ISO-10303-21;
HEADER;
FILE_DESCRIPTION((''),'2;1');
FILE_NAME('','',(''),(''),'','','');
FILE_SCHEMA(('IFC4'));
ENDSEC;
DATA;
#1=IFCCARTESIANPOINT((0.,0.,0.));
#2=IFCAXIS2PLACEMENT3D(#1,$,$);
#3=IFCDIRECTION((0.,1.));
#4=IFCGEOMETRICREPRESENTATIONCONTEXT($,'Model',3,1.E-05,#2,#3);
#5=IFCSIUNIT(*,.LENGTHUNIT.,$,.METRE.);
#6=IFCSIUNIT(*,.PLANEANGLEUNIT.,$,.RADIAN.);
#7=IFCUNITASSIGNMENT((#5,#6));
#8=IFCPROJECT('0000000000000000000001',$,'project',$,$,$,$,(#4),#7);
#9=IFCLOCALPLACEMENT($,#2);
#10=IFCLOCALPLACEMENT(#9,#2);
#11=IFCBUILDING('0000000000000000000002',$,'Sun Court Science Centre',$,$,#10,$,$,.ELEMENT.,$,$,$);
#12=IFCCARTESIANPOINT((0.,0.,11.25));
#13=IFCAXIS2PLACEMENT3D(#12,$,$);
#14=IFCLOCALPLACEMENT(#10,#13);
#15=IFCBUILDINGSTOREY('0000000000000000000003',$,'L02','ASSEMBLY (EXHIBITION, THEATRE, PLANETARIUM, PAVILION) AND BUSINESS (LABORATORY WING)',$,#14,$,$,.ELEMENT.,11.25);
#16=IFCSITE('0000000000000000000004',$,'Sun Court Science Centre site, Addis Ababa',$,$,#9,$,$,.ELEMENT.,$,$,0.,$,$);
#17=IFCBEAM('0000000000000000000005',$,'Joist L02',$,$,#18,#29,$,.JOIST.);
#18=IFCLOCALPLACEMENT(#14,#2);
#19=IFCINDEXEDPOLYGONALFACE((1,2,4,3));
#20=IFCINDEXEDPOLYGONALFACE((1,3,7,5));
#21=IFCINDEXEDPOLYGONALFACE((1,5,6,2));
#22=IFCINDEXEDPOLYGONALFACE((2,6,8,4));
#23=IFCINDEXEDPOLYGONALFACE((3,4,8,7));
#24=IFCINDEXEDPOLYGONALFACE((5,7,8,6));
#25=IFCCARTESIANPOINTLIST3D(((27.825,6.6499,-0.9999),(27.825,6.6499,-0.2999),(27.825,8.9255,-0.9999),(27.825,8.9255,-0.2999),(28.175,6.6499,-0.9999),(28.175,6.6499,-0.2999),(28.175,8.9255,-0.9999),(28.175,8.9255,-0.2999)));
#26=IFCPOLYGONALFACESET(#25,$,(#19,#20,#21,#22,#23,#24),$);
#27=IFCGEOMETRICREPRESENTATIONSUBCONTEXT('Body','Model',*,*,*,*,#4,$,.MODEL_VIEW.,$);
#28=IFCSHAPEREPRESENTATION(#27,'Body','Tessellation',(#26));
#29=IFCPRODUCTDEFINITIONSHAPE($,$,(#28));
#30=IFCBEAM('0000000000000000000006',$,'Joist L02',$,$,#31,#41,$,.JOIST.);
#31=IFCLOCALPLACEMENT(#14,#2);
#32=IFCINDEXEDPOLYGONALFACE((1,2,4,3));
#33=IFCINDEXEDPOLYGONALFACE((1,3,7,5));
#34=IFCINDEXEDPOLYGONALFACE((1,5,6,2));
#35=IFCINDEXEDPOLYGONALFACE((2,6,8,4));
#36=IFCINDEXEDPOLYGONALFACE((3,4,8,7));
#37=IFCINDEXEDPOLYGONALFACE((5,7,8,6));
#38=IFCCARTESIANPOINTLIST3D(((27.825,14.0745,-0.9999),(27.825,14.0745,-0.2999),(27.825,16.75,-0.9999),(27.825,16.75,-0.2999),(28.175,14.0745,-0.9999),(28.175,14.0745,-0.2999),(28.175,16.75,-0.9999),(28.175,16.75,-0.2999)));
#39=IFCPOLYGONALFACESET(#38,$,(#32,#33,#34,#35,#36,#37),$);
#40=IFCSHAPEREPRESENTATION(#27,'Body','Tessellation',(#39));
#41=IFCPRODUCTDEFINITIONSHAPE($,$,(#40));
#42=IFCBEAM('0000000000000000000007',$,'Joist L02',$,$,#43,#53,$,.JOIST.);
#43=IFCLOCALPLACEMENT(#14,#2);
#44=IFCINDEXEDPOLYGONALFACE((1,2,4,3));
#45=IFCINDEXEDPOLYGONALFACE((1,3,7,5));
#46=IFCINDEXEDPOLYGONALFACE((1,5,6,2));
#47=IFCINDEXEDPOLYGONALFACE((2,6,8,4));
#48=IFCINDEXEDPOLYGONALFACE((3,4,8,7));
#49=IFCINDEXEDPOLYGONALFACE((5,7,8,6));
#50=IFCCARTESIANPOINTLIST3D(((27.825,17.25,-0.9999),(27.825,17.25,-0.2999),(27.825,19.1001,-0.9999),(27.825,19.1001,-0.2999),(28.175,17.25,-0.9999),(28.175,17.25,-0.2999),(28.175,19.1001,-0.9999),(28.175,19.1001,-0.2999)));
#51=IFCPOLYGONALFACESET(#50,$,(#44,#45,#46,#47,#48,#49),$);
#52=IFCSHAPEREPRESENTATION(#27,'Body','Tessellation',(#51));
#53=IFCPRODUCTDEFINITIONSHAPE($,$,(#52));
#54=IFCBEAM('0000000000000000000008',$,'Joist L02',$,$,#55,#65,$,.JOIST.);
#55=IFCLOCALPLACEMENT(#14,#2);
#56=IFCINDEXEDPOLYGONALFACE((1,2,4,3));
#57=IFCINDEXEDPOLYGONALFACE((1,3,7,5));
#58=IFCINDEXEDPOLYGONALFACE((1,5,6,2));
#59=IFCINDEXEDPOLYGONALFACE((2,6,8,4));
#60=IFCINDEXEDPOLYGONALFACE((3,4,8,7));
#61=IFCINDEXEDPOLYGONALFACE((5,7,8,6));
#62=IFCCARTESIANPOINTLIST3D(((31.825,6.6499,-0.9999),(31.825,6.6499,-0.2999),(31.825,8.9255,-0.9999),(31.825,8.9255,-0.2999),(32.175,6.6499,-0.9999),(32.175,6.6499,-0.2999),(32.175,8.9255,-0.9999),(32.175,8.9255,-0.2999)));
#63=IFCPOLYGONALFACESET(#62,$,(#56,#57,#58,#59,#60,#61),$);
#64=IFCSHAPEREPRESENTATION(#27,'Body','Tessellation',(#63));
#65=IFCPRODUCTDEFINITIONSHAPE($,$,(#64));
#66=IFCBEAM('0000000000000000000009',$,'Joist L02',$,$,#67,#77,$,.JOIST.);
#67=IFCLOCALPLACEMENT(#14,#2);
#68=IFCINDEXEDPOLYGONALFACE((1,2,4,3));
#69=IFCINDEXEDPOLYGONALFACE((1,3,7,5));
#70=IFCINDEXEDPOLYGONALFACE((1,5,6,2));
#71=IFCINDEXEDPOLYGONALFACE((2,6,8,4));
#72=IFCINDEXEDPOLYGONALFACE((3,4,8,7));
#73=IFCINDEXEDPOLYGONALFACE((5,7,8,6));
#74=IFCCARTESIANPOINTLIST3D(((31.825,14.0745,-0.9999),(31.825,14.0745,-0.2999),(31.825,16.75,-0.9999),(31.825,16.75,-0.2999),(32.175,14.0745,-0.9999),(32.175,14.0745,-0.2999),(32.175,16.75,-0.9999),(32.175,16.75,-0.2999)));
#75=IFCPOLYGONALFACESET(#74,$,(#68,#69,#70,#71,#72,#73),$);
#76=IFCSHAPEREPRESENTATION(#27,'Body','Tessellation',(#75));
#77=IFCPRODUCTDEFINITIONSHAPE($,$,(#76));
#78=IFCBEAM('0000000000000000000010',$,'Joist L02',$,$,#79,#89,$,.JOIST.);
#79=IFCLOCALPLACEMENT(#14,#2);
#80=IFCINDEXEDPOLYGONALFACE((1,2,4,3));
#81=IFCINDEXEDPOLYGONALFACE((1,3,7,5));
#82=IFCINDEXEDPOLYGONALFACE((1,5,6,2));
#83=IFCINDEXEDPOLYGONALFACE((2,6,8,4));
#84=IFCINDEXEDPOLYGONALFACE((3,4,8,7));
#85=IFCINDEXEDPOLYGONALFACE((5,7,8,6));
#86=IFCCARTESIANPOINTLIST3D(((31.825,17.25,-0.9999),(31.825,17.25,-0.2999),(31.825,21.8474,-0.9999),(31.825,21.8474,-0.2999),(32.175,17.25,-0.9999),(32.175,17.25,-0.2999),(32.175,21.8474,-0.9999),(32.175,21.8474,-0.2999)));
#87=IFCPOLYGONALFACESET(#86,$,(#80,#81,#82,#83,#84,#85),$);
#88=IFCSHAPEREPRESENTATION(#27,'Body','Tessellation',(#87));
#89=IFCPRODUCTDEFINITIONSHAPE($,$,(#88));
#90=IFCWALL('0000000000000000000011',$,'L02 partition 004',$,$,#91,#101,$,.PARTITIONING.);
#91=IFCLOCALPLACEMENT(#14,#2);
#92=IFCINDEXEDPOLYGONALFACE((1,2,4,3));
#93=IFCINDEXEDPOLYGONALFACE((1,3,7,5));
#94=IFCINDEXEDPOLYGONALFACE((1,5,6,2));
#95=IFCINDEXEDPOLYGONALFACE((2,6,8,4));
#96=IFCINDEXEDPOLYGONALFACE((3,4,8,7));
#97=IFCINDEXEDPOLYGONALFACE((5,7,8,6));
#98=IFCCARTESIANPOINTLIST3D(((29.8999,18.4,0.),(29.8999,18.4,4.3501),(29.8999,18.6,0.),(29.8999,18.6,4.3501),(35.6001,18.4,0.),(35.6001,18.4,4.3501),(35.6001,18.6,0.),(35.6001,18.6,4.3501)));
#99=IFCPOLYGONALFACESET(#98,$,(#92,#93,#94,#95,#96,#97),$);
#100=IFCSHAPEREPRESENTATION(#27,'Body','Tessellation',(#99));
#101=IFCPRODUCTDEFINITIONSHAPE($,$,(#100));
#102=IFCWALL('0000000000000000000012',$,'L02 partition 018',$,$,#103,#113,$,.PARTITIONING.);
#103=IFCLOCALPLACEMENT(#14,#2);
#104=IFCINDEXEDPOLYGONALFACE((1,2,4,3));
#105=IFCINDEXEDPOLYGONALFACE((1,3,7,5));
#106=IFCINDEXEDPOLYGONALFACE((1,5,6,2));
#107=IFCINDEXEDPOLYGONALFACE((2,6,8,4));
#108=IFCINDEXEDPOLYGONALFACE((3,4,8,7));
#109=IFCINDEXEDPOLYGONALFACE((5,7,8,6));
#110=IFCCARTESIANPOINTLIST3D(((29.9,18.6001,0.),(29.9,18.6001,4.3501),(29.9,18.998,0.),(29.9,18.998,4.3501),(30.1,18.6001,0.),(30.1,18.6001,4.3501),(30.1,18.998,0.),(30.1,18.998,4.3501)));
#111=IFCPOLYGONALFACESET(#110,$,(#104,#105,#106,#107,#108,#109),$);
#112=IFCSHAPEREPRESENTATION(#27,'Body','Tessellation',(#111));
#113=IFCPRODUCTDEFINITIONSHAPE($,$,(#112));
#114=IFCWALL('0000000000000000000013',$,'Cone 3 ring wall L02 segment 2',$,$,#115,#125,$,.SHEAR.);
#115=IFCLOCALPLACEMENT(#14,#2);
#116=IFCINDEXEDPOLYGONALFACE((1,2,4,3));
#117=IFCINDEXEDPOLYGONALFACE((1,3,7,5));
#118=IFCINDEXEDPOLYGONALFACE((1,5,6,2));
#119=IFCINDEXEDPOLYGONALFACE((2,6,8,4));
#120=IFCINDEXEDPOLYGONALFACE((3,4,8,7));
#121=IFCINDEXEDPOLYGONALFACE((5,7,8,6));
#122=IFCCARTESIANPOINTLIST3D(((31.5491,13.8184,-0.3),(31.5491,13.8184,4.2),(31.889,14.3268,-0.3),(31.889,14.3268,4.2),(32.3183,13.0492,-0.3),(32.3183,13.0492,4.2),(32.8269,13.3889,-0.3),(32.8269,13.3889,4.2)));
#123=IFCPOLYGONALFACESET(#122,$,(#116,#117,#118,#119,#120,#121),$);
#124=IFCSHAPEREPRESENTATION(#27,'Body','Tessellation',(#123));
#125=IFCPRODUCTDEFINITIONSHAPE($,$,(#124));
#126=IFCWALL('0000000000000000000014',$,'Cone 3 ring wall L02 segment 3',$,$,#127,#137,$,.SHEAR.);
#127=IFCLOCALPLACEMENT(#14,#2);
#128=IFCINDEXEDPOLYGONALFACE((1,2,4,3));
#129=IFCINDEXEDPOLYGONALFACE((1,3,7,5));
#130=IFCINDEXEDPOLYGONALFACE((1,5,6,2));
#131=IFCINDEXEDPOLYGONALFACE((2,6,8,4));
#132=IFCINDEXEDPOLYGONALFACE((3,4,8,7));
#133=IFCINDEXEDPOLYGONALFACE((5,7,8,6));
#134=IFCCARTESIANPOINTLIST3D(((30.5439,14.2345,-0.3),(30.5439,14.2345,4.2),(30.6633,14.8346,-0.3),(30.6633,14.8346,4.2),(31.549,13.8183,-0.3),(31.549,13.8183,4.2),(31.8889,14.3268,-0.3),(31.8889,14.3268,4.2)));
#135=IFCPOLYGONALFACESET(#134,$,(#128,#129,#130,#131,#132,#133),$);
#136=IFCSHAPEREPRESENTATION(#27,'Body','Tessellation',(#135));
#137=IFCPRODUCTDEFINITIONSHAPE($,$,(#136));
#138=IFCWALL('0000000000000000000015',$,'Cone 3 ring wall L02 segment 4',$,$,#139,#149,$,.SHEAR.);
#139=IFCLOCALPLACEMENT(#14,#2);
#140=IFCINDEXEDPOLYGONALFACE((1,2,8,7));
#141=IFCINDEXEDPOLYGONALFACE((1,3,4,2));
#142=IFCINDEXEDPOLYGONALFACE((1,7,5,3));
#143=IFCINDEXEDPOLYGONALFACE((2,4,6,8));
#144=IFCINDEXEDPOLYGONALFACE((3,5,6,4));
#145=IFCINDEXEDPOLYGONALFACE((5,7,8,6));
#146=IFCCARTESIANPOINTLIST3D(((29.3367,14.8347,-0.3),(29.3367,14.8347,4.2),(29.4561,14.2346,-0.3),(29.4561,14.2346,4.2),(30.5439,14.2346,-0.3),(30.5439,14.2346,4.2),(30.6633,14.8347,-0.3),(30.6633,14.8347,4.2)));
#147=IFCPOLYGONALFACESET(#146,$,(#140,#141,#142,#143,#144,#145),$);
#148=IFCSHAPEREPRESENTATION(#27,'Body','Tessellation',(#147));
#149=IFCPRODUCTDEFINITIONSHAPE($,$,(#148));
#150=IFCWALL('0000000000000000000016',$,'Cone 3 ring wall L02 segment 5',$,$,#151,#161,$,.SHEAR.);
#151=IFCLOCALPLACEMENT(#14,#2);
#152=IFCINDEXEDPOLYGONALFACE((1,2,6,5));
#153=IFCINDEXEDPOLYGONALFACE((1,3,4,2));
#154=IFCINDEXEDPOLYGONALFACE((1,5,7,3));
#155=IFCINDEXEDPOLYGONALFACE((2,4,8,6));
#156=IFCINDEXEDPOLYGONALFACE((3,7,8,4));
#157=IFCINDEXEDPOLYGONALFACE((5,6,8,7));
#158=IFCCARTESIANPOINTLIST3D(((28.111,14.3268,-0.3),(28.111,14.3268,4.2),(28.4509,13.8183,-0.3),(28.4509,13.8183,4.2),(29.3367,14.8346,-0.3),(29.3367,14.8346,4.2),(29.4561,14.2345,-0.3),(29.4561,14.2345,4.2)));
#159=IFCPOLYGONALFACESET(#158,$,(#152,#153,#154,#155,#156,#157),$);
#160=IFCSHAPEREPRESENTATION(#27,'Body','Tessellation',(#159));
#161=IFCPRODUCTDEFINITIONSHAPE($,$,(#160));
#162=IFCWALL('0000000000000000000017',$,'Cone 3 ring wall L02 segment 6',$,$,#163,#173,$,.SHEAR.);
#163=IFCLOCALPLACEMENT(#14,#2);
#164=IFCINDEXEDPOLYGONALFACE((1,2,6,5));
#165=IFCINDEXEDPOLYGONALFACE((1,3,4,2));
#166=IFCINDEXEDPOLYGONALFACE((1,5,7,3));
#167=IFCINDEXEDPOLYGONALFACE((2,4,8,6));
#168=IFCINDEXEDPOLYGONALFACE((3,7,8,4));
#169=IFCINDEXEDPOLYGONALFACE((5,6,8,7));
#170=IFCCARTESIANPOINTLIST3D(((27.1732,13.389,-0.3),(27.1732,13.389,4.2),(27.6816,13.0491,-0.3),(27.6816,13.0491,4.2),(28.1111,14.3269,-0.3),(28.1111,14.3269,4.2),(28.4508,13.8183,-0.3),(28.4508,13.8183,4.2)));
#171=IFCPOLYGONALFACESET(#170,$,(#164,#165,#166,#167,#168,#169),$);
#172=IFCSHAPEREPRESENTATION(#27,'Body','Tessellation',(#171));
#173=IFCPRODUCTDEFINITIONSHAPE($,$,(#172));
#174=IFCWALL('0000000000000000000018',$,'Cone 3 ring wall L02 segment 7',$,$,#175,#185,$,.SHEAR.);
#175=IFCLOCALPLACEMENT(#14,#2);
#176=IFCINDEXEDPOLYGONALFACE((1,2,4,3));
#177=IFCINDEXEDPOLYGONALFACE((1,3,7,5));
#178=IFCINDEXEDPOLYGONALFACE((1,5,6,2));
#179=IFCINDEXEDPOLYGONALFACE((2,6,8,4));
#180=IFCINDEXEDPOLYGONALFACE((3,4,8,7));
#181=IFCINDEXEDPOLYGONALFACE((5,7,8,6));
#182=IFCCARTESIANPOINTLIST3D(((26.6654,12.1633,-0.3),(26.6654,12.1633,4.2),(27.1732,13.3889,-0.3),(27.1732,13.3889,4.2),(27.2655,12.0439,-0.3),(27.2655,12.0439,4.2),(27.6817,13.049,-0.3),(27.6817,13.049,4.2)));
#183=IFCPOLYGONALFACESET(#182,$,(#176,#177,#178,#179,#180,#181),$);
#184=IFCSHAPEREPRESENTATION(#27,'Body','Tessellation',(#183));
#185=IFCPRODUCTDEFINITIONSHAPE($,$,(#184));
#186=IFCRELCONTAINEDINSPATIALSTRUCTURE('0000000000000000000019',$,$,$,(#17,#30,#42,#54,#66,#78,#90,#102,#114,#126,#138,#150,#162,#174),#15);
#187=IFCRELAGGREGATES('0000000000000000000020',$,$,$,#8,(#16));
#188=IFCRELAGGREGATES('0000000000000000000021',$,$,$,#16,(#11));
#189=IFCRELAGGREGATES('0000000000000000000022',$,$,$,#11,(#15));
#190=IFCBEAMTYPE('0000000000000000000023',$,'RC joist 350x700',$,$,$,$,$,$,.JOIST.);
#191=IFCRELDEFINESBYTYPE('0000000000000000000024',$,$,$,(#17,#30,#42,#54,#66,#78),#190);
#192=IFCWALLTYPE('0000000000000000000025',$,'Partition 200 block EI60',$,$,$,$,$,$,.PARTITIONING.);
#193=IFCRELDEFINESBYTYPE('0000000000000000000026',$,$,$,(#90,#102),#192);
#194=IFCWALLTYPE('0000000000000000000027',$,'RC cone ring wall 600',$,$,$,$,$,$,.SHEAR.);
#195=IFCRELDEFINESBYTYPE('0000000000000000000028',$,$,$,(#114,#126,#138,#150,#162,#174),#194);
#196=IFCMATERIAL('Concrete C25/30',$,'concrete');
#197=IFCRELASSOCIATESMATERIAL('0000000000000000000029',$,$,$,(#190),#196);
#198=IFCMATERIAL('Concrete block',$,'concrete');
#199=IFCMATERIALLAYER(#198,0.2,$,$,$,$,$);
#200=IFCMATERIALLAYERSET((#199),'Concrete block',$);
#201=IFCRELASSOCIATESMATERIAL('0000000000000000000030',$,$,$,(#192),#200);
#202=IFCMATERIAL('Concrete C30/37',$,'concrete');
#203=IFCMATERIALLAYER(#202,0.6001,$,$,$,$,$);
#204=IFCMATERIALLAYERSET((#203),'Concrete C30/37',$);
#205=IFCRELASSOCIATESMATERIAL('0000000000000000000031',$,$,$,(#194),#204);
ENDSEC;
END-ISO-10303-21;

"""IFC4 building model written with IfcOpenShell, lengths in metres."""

from ifc_helpers import new_model, si_unit, direction, frame, frame_2d, origin, origin_2d, place, context, subcontext, project, spatial, polyline, rectangle, outline, extrude, material, layer, layer_set, material_profile, profile_set, type_object, element, save


model = new_model("IFC4")

# Units and contexts
model_context = context("Model", 3, precision=1e-05, world=origin(), true_north=direction((0.0, 1.0)))
body_context = subcontext(model_context, "Body", "Model", "MODEL_VIEW")
ifc_project = project(units=[si_unit("LENGTHUNIT", "METRE"), si_unit("PLANEANGLEUNIT", "RADIAN")], contexts=[model_context])

# Site, building, storey
site_placement = place(None, origin())
site = spatial("IfcSite", under=ifc_project, at=site_placement, Name="Sun Court Science Centre site, Addis Ababa", CompositionType="ELEMENT", RefElevation=0.0)
building_placement = place(site_placement, origin())
building = spatial("IfcBuilding", under=site, at=building_placement, Name="Sun Court Science Centre", CompositionType="ELEMENT")
storey_placement = place(building_placement, frame((0.0, 0.0, 11.25)))
storey = spatial("IfcBuildingStorey", under=building, at=storey_placement, Name="L02", Description="ASSEMBLY (EXHIBITION, THEATRE, PLANETARIUM, PAVILION) AND BUSINESS (LABORATORY WING)", CompositionType="ELEMENT", Elevation=11.25)

# Beams
ifc_material_1 = material(Name="Concrete C25/30", Category="concrete")
ifc_material_profile = material_profile(ifc_material_1, rectangle(XDim=0.3501, YDim=0.7, at=origin_2d()), Name="RC 350x700")
ifc_profile_set = profile_set([ifc_material_profile], Name="Concrete C25/30")
beam_type = type_object("IfcBeamType", Name="RC joist 350x700", PredefinedType="JOIST", material=ifc_profile_set)
beam_1_placement = place(storey_placement, frame((28.0, 6.6499, -0.6499), z_axis=(0.0, 1.0, 0.0), x_axis=(-1.0, 0.0, 0.0)))
element("IfcBeam", 1, at=beam_1_placement, inside=storey, type_object=beam_type, Name="Joist L02", PredefinedType="JOIST", context=body_context, shape_type="SweptSolid", body=[
    extrude(rectangle(XDim=0.3501, YDim=0.7, at=origin_2d()), origin(), (0.0, 0.0, 1.0), 2.2756),
])
beam_2_placement = place(storey_placement, frame((28.0, 14.0745, -0.6499), z_axis=(0.0, 1.0, 0.0), x_axis=(-1.0, 0.0, 0.0)))
element("IfcBeam", 2, at=beam_2_placement, inside=storey, type_object=beam_type, Name="Joist L02", PredefinedType="JOIST", context=body_context, shape_type="SweptSolid", body=[
    extrude(rectangle(XDim=0.3501, YDim=0.7, at=origin_2d()), origin(), (0.0, 0.0, 1.0), 2.6755),
])
beam_3_placement = place(storey_placement, frame((28.0, 17.25, -0.6499), z_axis=(0.0, 1.0, 0.0), x_axis=(-1.0, 0.0, 0.0)))
element("IfcBeam", 3, at=beam_3_placement, inside=storey, type_object=beam_type, Name="Joist L02", PredefinedType="JOIST", context=body_context, shape_type="SweptSolid", body=[
    extrude(rectangle(XDim=0.3501, YDim=0.7, at=origin_2d()), origin(), (0.0, 0.0, 1.0), 1.8501),
])
beam_4_placement = place(storey_placement, frame((32.0, 6.6499, -0.6499), z_axis=(0.0, 1.0, 0.0), x_axis=(-1.0, 0.0, 0.0)))
element("IfcBeam", 4, at=beam_4_placement, inside=storey, type_object=beam_type, Name="Joist L02", PredefinedType="JOIST", context=body_context, shape_type="SweptSolid", body=[
    extrude(rectangle(XDim=0.3501, YDim=0.7, at=origin_2d()), origin(), (0.0, 0.0, 1.0), 2.2756),
])
beam_5_placement = place(storey_placement, frame((32.0, 14.0745, -0.6499), z_axis=(0.0, 1.0, 0.0), x_axis=(-1.0, 0.0, 0.0)))
element("IfcBeam", 5, at=beam_5_placement, inside=storey, type_object=beam_type, Name="Joist L02", PredefinedType="JOIST", context=body_context, shape_type="SweptSolid", body=[
    extrude(rectangle(XDim=0.3501, YDim=0.7, at=origin_2d()), origin(), (0.0, 0.0, 1.0), 2.6755),
])
beam_6_placement = place(storey_placement, frame((32.0, 17.25, -0.6499), z_axis=(0.0, 1.0, 0.0), x_axis=(-1.0, 0.0, 0.0)))
element("IfcBeam", 6, at=beam_6_placement, inside=storey, type_object=beam_type, Name="Joist L02", PredefinedType="JOIST", context=body_context, shape_type="SweptSolid", body=[
    extrude(rectangle(XDim=0.3501, YDim=0.7, at=origin_2d()), origin(), (0.0, 0.0, 1.0), 4.5974),
])

# Walls
ifc_material_2 = material(Name="Concrete block", Category="concrete")
ifc_layer_1 = layer(ifc_material_2, 0.2)
ifc_layer_set_1 = layer_set([ifc_layer_1], Name="Concrete block")
wall_type_1 = type_object("IfcWallType", Name="Partition 200 block EI60", PredefinedType="PARTITIONING", material=ifc_layer_set_1)
wall_1_placement = place(storey_placement, frame((29.8999, 18.5, 0.0), z_axis=(0.0, 0.0, 1.0), x_axis=(1.0, 0.0, 0.0)))
element("IfcWall", 7, at=wall_1_placement, inside=storey, type_object=wall_type_1, Name="L02 partition 004", PredefinedType="PARTITIONING", context=body_context, shape_type="SweptSolid", body=[
    extrude(rectangle(XDim=5.7002, YDim=0.2, at=frame_2d((2.8501, 0.0))), origin(), (0.0, 0.0, 1.0), 4.3501),
])
wall_2_placement = place(storey_placement, frame((30.0, 18.6001, 0.0), z_axis=(0.0, 0.0, 1.0), x_axis=(0.0, 1.0, 0.0)))
element("IfcWall", 8, at=wall_2_placement, inside=storey, type_object=wall_type_1, Name="L02 partition 018", PredefinedType="PARTITIONING", context=body_context, shape_type="SweptSolid", body=[
    extrude(rectangle(XDim=0.3979, YDim=0.2, at=frame_2d((0.199, 0.0))), origin(), (0.0, 0.0, 1.0), 4.3501),
])
ifc_material_3 = material(Name="Concrete C30/37", Category="concrete")
ifc_layer_2 = layer(ifc_material_3, 0.6001)
ifc_layer_set_2 = layer_set([ifc_layer_2], Name="Concrete C30/37")
wall_type_2 = type_object("IfcWallType", Name="RC cone ring wall 600", PredefinedType="SHEAR", material=ifc_layer_set_2)
wall_3_placement = place(storey_placement, frame((32.6147, 13.1768, -0.3), z_axis=(0.0, 0.0, 1.0), x_axis=(-0.707107, 0.707107, 0.0)))
element("IfcWall", 9, at=wall_3_placement, inside=storey, type_object=wall_type_2, Name="Cone 3 ring wall L02 segment 2", PredefinedType="SHEAR", context=body_context, shape_type="SweptSolid", body=[
    extrude(outline(polyline([(0.0, -0.3), (1.3264, -0.3), (1.2073, 0.2998), (0.1194, 0.2998), (0.0, -0.3)])), origin(), (0.0, 0.0, 1.0), 4.5),
])
wall_4_placement = place(storey_placement, frame((31.7742, 14.0498, -0.3), z_axis=(0.0, 0.0, 1.0), x_axis=(-0.923837, 0.382785, 0.0)))
element("IfcWall", 10, at=wall_4_placement, inside=storey, type_object=wall_type_2, Name="Cone 3 ring wall L02 segment 3", PredefinedType="SHEAR", context=body_context, shape_type="SweptSolid", body=[
    extrude(outline(polyline([(0.0, -0.2998), (1.3267, -0.2998), (1.2073, 0.3003), (0.1194, 0.3), (0.0, -0.2998)])), origin(), (0.0, 0.0, 1.0), 4.5),
])
wall_5_placement = place(storey_placement, frame((30.6633, 14.5347, -0.3), z_axis=(0.0, 0.0, 1.0), x_axis=(-1.0, 0.0, 0.0)))
element("IfcWall", 11, at=wall_5_placement, inside=storey, type_object=wall_type_2, Name="Cone 3 ring wall L02 segment 4", PredefinedType="SHEAR", context=body_context, shape_type="SweptSolid", body=[
    extrude(outline(polyline([(0.0, -0.3), (1.3267, -0.3), (1.2073, 0.3), (0.1194, 0.3), (0.0, -0.3)])), origin(), (0.0, 0.0, 1.0), 4.5),
])
wall_6_placement = place(storey_placement, frame((29.4514, 14.5576, -0.3), z_axis=(0.0, 0.0, 1.0), x_axis=(-0.923837, -0.382785, 0.0)))
element("IfcWall", 12, at=wall_6_placement, inside=storey, type_object=wall_type_2, Name="Cone 3 ring wall L02 segment 5", PredefinedType="SHEAR", context=body_context, shape_type="SweptSolid", body=[
    extrude(outline(polyline([(0.0, -0.2998), (1.3267, -0.2998), (1.2073, 0.3), (0.1194, 0.3003), (0.0, -0.2998)])), origin(), (0.0, 0.0, 1.0), 4.5),
])
wall_7_placement = place(storey_placement, frame((28.3232, 14.1147, -0.3), z_axis=(0.0, 0.0, 1.0), x_axis=(-0.707107, -0.707107, 0.0)))
element("IfcWall", 13, at=wall_7_placement, inside=storey, type_object=wall_type_2, Name="Cone 3 ring wall L02 segment 6", PredefinedType="SHEAR", context=body_context, shape_type="SweptSolid", body=[
    extrude(outline(polyline([(0.0, -0.3), (1.3264, -0.3), (1.2073, 0.2998), (0.1194, 0.2998), (0.0, -0.3)])), origin(), (0.0, 0.0, 1.0), 4.5),
])
wall_8_placement = place(storey_placement, frame((27.4502, 13.2742, -0.3), z_axis=(0.0, 0.0, 1.0), x_axis=(-0.382785, -0.923837, 0.0)))
element("IfcWall", 14, at=wall_8_placement, inside=storey, type_object=wall_type_2, Name="Cone 3 ring wall L02 segment 7", PredefinedType="SHEAR", context=body_context, shape_type="SweptSolid", body=[
    extrude(outline(polyline([(0.0, -0.2998), (1.3267, -0.2998), (1.2073, 0.3003), (0.1194, 0.3), (0.0, -0.2998)])), origin(), (0.0, 0.0, 1.0), 4.5),
])

save(model, "model.ifc")
